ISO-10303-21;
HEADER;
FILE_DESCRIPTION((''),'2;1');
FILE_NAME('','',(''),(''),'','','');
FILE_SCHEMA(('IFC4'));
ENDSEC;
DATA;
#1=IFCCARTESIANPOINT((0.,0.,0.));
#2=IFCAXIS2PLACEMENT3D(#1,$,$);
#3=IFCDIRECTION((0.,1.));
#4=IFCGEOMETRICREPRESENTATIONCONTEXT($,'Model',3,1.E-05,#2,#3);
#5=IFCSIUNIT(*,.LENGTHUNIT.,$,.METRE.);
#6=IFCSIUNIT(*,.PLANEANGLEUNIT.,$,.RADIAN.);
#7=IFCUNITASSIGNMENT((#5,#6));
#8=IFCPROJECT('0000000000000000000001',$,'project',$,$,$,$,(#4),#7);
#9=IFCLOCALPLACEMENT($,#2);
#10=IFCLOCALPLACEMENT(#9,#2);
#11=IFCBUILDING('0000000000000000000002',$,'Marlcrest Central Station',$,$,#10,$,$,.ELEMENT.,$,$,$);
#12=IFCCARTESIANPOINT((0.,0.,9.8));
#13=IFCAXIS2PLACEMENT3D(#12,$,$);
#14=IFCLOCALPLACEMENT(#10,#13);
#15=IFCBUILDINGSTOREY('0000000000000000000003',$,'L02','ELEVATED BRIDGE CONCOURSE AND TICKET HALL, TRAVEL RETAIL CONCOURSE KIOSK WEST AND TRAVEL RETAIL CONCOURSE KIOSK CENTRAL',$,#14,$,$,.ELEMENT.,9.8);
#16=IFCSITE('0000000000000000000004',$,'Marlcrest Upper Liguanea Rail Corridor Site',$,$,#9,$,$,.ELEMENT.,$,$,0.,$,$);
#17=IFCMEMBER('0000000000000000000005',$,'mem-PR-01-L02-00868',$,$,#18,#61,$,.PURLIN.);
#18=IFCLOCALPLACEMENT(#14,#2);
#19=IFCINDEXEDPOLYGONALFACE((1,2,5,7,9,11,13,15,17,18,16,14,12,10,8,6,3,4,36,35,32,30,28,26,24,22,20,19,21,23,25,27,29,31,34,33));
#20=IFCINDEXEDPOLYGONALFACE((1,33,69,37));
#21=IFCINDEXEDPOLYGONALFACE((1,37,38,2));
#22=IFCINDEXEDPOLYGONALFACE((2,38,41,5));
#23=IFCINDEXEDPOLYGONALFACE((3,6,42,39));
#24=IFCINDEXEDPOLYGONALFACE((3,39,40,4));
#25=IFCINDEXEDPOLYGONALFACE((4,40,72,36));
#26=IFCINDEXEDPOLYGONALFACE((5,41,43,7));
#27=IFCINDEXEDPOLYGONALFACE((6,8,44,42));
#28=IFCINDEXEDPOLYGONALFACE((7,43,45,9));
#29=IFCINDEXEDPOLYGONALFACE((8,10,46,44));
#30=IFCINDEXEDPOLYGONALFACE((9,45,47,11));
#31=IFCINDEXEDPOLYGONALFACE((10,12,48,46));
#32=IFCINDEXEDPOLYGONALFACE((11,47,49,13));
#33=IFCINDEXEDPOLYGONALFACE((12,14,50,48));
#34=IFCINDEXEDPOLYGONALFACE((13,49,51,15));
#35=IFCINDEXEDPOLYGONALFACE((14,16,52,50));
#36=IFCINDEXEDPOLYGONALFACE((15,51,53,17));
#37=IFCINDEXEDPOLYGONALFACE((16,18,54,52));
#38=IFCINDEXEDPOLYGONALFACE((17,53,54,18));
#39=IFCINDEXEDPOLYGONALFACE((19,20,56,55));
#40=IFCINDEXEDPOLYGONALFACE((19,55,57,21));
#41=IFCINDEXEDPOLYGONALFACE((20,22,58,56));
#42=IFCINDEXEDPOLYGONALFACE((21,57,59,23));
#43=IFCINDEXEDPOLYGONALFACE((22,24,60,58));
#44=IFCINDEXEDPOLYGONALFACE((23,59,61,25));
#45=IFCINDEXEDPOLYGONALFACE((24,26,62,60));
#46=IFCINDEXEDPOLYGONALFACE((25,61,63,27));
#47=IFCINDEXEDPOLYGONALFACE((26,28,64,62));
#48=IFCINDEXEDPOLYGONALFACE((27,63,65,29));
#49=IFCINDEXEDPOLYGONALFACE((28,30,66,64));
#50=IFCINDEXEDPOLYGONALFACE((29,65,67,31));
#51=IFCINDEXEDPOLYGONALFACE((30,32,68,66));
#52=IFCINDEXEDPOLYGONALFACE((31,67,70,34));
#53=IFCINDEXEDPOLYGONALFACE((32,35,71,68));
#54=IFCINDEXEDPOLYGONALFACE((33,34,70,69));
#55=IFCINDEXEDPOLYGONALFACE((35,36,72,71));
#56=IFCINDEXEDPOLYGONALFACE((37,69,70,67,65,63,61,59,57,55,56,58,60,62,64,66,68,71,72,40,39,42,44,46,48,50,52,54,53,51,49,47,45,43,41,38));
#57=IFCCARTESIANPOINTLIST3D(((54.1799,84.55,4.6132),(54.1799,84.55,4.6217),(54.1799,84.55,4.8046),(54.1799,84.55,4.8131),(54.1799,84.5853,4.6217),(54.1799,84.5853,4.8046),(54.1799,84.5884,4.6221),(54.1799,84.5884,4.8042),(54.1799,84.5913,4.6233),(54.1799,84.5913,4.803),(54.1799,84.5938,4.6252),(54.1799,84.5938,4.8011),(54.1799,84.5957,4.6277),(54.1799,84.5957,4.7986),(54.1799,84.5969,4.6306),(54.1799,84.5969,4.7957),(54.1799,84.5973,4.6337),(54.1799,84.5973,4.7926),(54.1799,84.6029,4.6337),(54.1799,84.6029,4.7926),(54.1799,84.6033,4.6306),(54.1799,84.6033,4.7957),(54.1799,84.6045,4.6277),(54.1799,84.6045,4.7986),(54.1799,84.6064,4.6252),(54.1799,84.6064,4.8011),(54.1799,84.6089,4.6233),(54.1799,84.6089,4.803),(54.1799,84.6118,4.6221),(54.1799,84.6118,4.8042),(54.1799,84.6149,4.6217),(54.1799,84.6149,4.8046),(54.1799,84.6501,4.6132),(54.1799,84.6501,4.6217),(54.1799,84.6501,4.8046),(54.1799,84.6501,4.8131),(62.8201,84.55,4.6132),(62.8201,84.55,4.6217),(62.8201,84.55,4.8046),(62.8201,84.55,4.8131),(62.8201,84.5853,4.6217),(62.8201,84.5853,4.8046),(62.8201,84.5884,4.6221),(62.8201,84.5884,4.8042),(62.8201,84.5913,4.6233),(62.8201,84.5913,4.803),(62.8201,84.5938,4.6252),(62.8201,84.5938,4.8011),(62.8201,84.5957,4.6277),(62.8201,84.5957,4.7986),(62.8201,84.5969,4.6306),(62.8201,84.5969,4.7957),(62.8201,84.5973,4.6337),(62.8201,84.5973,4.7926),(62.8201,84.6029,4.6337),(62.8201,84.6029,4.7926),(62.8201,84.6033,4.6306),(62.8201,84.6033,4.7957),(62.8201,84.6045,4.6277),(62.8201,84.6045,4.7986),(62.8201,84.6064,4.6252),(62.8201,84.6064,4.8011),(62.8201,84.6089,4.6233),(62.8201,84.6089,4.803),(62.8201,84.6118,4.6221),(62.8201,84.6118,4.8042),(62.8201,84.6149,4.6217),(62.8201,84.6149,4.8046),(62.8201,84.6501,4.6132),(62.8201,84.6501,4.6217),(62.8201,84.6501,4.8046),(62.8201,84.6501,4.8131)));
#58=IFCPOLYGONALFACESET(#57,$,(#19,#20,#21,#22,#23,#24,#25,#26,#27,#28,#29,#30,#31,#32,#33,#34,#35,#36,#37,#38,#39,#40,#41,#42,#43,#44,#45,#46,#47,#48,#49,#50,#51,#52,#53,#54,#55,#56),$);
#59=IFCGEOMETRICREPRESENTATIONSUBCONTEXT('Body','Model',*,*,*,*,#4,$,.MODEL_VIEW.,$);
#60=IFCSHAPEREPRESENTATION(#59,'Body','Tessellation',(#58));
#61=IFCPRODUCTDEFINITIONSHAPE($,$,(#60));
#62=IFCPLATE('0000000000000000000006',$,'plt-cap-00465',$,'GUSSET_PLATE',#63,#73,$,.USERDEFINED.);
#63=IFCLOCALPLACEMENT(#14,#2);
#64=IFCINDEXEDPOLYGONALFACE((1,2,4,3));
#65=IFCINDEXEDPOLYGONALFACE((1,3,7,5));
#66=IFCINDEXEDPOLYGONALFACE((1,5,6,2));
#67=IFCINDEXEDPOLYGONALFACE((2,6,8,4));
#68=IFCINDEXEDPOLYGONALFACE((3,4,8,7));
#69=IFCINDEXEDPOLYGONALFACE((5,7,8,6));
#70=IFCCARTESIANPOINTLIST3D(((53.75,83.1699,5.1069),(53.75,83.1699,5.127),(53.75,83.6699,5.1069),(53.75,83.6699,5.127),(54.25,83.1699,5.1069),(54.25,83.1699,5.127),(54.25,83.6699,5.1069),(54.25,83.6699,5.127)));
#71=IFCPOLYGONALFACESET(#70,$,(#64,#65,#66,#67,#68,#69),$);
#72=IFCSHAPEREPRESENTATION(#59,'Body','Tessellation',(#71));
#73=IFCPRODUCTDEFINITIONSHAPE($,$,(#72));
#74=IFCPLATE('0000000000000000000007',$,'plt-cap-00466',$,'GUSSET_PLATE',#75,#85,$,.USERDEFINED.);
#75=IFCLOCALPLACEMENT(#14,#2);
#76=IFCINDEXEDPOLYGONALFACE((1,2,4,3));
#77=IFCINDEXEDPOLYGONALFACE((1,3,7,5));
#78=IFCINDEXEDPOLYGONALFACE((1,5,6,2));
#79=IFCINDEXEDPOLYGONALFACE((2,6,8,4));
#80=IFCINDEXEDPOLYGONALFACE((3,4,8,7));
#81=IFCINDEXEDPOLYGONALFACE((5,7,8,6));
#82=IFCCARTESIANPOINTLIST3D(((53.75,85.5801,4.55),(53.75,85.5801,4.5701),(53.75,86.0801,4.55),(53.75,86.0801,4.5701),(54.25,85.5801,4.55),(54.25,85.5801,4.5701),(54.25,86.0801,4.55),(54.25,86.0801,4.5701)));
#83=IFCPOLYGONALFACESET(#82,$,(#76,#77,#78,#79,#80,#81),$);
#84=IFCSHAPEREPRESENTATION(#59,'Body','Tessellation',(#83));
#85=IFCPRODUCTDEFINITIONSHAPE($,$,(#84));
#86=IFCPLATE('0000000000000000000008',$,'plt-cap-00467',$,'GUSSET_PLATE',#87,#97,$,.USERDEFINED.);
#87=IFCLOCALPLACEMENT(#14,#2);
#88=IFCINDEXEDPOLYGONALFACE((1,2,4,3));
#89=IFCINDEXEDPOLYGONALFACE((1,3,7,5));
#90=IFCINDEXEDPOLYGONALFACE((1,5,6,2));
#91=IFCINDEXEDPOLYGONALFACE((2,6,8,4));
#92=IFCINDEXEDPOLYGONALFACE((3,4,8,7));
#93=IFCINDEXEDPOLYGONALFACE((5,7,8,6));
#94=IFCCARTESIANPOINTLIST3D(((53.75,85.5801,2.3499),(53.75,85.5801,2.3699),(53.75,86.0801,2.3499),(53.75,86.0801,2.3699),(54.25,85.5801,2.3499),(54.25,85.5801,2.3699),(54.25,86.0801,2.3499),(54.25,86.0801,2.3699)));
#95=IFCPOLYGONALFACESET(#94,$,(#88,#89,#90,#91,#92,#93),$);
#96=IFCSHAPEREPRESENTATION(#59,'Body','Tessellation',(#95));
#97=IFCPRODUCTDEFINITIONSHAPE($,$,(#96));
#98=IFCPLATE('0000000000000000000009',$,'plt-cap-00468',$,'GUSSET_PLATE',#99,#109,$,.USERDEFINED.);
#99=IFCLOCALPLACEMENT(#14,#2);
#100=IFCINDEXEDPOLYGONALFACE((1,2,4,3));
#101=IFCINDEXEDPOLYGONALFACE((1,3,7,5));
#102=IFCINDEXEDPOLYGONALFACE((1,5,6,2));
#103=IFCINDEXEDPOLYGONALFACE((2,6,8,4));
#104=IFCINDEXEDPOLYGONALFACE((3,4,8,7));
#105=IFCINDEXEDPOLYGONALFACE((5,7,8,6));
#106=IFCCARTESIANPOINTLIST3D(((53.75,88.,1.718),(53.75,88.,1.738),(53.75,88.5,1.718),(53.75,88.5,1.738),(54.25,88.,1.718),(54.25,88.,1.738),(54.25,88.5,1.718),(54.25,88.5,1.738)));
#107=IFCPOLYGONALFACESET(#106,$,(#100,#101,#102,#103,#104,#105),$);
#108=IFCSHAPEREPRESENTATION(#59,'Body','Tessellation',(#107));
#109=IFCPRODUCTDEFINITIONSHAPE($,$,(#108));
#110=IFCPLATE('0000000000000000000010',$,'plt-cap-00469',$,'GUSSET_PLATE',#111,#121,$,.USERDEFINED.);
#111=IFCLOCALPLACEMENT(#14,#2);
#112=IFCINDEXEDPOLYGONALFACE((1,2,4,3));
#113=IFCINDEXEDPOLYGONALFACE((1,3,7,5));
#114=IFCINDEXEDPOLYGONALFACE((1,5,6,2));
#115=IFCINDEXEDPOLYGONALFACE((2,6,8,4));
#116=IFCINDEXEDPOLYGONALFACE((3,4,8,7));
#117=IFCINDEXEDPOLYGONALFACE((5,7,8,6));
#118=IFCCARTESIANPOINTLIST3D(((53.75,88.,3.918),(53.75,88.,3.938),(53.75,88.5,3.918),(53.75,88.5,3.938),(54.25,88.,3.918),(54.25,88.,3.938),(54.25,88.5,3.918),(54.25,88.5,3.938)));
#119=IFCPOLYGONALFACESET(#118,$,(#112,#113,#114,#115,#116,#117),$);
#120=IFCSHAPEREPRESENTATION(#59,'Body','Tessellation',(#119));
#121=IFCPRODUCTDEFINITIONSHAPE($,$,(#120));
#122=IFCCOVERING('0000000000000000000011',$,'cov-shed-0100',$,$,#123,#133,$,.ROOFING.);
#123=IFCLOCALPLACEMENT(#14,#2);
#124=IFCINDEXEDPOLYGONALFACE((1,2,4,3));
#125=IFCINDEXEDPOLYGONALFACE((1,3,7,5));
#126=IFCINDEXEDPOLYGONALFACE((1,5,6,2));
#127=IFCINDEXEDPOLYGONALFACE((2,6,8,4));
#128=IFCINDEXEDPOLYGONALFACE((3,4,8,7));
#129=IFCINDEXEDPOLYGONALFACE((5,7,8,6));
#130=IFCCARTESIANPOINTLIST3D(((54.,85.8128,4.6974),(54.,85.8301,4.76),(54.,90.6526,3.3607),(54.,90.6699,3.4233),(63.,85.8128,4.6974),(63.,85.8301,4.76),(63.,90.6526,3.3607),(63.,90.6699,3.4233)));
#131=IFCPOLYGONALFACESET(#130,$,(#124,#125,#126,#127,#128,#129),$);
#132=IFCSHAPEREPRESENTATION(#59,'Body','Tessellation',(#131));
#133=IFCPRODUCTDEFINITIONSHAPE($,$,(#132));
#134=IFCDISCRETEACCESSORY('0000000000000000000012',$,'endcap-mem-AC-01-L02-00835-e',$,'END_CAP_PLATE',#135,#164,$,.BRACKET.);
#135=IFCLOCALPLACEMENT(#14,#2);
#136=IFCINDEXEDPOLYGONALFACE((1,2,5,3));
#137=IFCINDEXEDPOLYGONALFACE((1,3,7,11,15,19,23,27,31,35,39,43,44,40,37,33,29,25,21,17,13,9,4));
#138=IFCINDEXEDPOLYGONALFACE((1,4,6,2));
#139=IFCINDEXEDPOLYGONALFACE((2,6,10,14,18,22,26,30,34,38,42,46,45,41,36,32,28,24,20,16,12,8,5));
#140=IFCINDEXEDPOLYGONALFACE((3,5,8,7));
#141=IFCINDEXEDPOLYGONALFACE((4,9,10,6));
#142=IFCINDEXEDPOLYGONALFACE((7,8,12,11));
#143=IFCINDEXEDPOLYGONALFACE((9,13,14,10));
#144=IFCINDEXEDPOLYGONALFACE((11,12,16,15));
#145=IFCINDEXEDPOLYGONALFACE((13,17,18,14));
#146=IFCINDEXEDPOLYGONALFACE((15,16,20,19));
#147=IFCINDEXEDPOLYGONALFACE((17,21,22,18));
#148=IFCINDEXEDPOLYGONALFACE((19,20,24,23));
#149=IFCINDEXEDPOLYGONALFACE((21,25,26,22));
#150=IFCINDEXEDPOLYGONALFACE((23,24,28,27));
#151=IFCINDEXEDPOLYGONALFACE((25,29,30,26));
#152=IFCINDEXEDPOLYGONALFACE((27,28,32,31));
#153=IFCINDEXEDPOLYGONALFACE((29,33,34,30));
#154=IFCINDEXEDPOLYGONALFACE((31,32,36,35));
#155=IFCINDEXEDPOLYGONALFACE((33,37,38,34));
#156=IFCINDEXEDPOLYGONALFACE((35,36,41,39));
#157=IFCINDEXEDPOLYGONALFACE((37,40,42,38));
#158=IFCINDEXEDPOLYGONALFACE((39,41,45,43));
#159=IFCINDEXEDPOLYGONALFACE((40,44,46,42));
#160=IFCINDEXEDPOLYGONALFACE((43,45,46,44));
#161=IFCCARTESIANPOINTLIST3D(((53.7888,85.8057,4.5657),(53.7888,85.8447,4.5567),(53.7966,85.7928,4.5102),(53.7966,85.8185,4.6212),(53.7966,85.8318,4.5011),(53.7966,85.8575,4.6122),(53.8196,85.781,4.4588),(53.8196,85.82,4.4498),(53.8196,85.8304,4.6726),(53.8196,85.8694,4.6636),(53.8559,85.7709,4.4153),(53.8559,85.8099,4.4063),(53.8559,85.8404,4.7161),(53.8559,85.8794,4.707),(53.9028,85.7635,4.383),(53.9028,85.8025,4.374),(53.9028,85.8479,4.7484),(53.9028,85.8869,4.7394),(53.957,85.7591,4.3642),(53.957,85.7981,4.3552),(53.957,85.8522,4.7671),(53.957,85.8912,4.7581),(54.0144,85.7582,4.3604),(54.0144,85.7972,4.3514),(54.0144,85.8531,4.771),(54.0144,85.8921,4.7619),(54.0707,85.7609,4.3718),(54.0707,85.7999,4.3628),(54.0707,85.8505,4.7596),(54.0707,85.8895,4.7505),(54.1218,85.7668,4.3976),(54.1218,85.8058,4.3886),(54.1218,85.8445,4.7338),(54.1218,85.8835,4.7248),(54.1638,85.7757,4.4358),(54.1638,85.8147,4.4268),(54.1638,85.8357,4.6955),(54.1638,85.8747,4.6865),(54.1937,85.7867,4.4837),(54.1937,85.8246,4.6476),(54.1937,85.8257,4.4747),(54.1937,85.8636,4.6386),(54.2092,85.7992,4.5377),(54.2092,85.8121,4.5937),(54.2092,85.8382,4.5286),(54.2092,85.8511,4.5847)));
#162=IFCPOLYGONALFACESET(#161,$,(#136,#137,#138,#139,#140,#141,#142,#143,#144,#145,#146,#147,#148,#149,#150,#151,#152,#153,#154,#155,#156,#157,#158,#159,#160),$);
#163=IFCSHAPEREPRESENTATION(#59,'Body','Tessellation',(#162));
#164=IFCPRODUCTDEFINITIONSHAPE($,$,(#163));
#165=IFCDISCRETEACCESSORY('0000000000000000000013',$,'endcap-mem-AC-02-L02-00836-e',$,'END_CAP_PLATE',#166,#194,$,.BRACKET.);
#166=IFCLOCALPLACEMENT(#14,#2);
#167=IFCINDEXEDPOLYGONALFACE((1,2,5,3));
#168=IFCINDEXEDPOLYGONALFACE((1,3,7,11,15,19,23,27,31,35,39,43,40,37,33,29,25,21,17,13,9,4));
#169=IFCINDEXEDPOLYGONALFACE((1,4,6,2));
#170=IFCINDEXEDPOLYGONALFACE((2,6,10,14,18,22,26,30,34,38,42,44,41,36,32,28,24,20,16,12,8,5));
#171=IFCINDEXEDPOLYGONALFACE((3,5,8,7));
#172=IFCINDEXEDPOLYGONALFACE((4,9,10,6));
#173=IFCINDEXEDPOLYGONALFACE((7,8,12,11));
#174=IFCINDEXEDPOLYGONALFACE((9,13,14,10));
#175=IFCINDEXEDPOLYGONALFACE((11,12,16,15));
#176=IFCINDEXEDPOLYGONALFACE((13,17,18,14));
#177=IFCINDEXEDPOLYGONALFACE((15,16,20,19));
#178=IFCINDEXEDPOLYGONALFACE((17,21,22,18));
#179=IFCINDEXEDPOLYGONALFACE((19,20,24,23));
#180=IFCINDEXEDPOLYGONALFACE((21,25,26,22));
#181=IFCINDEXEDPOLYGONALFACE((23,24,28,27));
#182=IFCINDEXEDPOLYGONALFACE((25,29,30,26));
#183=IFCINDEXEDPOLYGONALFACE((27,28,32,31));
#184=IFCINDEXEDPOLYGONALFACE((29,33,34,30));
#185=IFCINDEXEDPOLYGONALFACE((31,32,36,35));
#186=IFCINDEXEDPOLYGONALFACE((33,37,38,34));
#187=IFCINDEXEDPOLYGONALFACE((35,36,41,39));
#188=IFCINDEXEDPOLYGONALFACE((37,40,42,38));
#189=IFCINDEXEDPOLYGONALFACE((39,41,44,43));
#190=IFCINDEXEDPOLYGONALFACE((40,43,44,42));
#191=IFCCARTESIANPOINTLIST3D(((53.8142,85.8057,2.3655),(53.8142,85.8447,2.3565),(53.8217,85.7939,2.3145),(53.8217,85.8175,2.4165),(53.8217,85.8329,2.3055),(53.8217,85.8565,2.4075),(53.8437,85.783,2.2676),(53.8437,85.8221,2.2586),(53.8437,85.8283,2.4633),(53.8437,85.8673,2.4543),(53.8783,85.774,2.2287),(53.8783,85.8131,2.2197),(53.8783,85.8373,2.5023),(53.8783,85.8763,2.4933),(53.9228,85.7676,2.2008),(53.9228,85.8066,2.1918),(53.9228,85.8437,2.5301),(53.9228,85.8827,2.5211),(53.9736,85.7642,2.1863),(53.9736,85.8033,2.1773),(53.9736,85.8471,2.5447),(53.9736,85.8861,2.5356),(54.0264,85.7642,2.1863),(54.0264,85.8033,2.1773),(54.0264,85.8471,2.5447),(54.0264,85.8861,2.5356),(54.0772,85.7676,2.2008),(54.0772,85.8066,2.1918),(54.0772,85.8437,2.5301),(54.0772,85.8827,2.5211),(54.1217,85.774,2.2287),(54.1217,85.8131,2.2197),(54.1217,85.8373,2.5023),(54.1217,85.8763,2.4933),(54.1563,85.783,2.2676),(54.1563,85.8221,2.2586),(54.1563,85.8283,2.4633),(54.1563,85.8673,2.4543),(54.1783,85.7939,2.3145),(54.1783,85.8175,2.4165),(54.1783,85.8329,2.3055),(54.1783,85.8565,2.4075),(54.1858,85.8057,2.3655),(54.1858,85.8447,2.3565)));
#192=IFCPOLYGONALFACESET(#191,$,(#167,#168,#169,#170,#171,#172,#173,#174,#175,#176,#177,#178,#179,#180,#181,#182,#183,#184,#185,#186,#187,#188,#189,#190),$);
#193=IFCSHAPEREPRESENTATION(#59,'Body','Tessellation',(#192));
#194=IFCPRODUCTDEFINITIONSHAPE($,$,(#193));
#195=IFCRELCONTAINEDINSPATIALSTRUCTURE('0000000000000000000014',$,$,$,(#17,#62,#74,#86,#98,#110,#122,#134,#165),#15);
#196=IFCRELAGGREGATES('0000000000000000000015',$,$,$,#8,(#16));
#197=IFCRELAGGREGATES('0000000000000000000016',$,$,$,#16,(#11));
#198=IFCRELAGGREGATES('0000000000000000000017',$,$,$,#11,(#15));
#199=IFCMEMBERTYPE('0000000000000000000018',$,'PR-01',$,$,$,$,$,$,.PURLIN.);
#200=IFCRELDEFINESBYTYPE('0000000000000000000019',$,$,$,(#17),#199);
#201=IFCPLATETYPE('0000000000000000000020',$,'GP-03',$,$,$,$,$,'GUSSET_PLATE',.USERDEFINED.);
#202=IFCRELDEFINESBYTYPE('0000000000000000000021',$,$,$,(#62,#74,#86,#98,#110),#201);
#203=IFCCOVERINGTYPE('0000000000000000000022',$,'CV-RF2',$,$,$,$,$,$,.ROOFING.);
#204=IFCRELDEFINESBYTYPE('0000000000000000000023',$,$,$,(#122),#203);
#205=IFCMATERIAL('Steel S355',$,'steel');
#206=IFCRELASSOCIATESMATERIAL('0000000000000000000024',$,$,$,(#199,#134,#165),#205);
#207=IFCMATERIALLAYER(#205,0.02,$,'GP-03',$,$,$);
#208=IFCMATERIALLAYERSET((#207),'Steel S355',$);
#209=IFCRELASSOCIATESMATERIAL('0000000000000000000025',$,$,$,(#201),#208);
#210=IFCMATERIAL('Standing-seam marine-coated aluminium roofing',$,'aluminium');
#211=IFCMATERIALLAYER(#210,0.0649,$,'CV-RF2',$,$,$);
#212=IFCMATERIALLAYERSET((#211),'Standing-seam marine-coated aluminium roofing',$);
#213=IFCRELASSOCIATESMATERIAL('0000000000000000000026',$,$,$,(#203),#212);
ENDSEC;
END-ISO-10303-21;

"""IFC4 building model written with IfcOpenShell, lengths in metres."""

from ifc_helpers import new_model, si_unit, direction, frame, origin, origin_2d, place, context, subcontext, project, spatial, polyline, rectangle, circle, i_section, outline, extrude, material, layer, layer_set, material_profile, profile_set, type_object, element, save


model = new_model("IFC4")

# Units and contexts
model_context = context("Model", 3, precision=1e-05, world=origin(), true_north=direction((0.0, 1.0)))
body_context = subcontext(model_context, "Body", "Model", "MODEL_VIEW")
ifc_project = project(units=[si_unit("LENGTHUNIT", "METRE"), si_unit("PLANEANGLEUNIT", "RADIAN")], contexts=[model_context])

# Site, building, storey
site_placement = place(None, origin())
site = spatial("IfcSite", under=ifc_project, at=site_placement, Name="Marlcrest Upper Liguanea Rail Corridor Site", CompositionType="ELEMENT", RefElevation=0.0)
building_placement = place(site_placement, origin())
building = spatial("IfcBuilding", under=site, at=building_placement, Name="Marlcrest Central Station", CompositionType="ELEMENT")
storey_placement = place(building_placement, frame((0.0, 0.0, 9.8)))
storey = spatial("IfcBuildingStorey", under=building, at=storey_placement, Name="L02", Description="ELEVATED BRIDGE CONCOURSE AND TICKET HALL, TRAVEL RETAIL CONCOURSE KIOSK WEST AND TRAVEL RETAIL CONCOURSE KIOSK CENTRAL", CompositionType="ELEMENT", Elevation=9.8)

# Member
ifc_material_1 = material(Name="Steel S355", Category="steel")
ifc_material_profile_1 = material_profile(ifc_material_1, i_section(OverallWidth=0.1001, OverallDepth=0.2, WebThickness=0.0056, FlangeThickness=0.0085, FilletRadius=0.012, at=origin_2d()), Name="IPE 200")
ifc_profile_set_1 = profile_set([ifc_material_profile_1], Name="Steel S355")
member_type_1 = type_object("IfcMemberType", Name="PR-01", PredefinedType="PURLIN", material=ifc_profile_set_1)
member_1_placement = place(storey_placement, frame((54.1799, 84.6001, 4.7131), z_axis=(1.0, 0.0, 0.0), x_axis=(0.0, 1.0, 0.0)))
element("IfcMember", 1, at=member_1_placement, inside=storey, type_object=member_type_1, Name="mem-PR-01-L02-00868", PredefinedType="PURLIN", context=body_context, shape_type="SweptSolid", body=[
    extrude(i_section(OverallWidth=0.1001, OverallDepth=0.2, WebThickness=0.0056, FlangeThickness=0.0085, FilletRadius=0.012, at=origin_2d()), origin(), (0.0, 0.0, 1.0), 8.6401),
])

# Plates
ifc_layer_1 = layer(ifc_material_1, 0.02, Name="GP-03")
ifc_layer_set_1 = layer_set([ifc_layer_1], Name="Steel S355")
plate_type = type_object("IfcPlateType", Name="GP-03", ElementType="GUSSET_PLATE", PredefinedType="USERDEFINED", material=ifc_layer_set_1)
for number, where, z_axis, x_axis, name in (
    (2, (54.0, 83.4199, 5.1069), (0.0, 0.0, 1.0), (1.0, 0.0, 0.0), "plt-cap-00465"),
    (3, (54.0, 85.8301, 4.55), (0.0, 0.0, 1.0), (1.0, 0.0, 0.0), "plt-cap-00466"),
    (4, (54.0, 85.8301, 2.3499), (0.0, 0.0, 1.0), (1.0, 0.0, 0.0), "plt-cap-00467"),
    (5, (54.0, 88.25, 1.718), (0.0, 0.0, 1.0), (1.0, 0.0, 0.0), "plt-cap-00468"),
    (6, (54.0, 88.25, 3.918), (0.0, 0.0, 1.0), (1.0, 0.0, 0.0), "plt-cap-00469"),
):
    element("IfcPlate", number, at=place(storey_placement, frame(where, z_axis=z_axis, x_axis=x_axis)), inside=storey, type_object=plate_type, Name=name, ObjectType="GUSSET_PLATE", PredefinedType="USERDEFINED", context=body_context, shape_type="SweptSolid", body=[
        extrude(rectangle(XDim=0.5, YDim=0.5, at=origin_2d()), origin(), (0.0, 0.0, 1.0), 0.02),
    ])

# Covering
ifc_material_2 = material(Name="Standing-seam marine-coated aluminium roofing", Category="aluminium")
ifc_layer_2 = layer(ifc_material_2, 0.0649, Name="CV-RF2")
ifc_layer_set_2 = layer_set([ifc_layer_2], Name="Standing-seam marine-coated aluminium roofing")
covering_type = type_object("IfcCoveringType", Name="CV-RF2", PredefinedType="ROOFING", material=ifc_layer_set_2)
covering_placement = place(storey_placement, frame((54.0, 85.8301, 4.76), z_axis=(0.0, 0.266214, 0.963914), x_axis=(1.0, 0.0, 0.0)))
element("IfcCovering", 7, at=covering_placement, inside=storey, type_object=covering_type, Name="cov-shed-0100", PredefinedType="ROOFING", context=body_context, shape_type="SweptSolid", body=[
    extrude(outline(polyline([(0.0, 0.0), (9.0, 0.0), (9.0, 5.021), (0.0, 5.021), (0.0, 0.0)])), origin(), (0.0, 0.0, -1.0), 0.0649),
])

# Discrete accessories
discrete_accessory_1_placement = place(storey_placement, frame((54.0, 85.8057, 4.5657), z_axis=(0.0, 0.97433, -0.225126), x_axis=(-1.0, 0.0, 0.0)))
element("IfcDiscreteAccessory", 8, at=discrete_accessory_1_placement, inside=storey, material=ifc_material_1, Name="endcap-mem-AC-01-L02-00835-e", ObjectType="END_CAP_PLATE", PredefinedType="BRACKET", context=body_context, shape_type="SweptSolid", body=[
    extrude(circle(Radius=0.2112, at=origin_2d()), origin(), (0.0, 0.0, 1.0), 0.04),
])
discrete_accessory_2_placement = place(storey_placement, frame((54.0, 85.8057, 2.3655), z_axis=(0.0, 0.974308, -0.22522), x_axis=(-1.0, 0.0, 0.0)))
element("IfcDiscreteAccessory", 9, at=discrete_accessory_2_placement, inside=storey, material=ifc_material_1, Name="endcap-mem-AC-02-L02-00836-e", ObjectType="END_CAP_PLATE", PredefinedType="BRACKET", context=body_context, shape_type="SweptSolid", body=[
    extrude(circle(Radius=0.1858, at=origin_2d()), origin(), (0.0, 0.0, 1.0), 0.04),
])

save(model, "model.ifc")
